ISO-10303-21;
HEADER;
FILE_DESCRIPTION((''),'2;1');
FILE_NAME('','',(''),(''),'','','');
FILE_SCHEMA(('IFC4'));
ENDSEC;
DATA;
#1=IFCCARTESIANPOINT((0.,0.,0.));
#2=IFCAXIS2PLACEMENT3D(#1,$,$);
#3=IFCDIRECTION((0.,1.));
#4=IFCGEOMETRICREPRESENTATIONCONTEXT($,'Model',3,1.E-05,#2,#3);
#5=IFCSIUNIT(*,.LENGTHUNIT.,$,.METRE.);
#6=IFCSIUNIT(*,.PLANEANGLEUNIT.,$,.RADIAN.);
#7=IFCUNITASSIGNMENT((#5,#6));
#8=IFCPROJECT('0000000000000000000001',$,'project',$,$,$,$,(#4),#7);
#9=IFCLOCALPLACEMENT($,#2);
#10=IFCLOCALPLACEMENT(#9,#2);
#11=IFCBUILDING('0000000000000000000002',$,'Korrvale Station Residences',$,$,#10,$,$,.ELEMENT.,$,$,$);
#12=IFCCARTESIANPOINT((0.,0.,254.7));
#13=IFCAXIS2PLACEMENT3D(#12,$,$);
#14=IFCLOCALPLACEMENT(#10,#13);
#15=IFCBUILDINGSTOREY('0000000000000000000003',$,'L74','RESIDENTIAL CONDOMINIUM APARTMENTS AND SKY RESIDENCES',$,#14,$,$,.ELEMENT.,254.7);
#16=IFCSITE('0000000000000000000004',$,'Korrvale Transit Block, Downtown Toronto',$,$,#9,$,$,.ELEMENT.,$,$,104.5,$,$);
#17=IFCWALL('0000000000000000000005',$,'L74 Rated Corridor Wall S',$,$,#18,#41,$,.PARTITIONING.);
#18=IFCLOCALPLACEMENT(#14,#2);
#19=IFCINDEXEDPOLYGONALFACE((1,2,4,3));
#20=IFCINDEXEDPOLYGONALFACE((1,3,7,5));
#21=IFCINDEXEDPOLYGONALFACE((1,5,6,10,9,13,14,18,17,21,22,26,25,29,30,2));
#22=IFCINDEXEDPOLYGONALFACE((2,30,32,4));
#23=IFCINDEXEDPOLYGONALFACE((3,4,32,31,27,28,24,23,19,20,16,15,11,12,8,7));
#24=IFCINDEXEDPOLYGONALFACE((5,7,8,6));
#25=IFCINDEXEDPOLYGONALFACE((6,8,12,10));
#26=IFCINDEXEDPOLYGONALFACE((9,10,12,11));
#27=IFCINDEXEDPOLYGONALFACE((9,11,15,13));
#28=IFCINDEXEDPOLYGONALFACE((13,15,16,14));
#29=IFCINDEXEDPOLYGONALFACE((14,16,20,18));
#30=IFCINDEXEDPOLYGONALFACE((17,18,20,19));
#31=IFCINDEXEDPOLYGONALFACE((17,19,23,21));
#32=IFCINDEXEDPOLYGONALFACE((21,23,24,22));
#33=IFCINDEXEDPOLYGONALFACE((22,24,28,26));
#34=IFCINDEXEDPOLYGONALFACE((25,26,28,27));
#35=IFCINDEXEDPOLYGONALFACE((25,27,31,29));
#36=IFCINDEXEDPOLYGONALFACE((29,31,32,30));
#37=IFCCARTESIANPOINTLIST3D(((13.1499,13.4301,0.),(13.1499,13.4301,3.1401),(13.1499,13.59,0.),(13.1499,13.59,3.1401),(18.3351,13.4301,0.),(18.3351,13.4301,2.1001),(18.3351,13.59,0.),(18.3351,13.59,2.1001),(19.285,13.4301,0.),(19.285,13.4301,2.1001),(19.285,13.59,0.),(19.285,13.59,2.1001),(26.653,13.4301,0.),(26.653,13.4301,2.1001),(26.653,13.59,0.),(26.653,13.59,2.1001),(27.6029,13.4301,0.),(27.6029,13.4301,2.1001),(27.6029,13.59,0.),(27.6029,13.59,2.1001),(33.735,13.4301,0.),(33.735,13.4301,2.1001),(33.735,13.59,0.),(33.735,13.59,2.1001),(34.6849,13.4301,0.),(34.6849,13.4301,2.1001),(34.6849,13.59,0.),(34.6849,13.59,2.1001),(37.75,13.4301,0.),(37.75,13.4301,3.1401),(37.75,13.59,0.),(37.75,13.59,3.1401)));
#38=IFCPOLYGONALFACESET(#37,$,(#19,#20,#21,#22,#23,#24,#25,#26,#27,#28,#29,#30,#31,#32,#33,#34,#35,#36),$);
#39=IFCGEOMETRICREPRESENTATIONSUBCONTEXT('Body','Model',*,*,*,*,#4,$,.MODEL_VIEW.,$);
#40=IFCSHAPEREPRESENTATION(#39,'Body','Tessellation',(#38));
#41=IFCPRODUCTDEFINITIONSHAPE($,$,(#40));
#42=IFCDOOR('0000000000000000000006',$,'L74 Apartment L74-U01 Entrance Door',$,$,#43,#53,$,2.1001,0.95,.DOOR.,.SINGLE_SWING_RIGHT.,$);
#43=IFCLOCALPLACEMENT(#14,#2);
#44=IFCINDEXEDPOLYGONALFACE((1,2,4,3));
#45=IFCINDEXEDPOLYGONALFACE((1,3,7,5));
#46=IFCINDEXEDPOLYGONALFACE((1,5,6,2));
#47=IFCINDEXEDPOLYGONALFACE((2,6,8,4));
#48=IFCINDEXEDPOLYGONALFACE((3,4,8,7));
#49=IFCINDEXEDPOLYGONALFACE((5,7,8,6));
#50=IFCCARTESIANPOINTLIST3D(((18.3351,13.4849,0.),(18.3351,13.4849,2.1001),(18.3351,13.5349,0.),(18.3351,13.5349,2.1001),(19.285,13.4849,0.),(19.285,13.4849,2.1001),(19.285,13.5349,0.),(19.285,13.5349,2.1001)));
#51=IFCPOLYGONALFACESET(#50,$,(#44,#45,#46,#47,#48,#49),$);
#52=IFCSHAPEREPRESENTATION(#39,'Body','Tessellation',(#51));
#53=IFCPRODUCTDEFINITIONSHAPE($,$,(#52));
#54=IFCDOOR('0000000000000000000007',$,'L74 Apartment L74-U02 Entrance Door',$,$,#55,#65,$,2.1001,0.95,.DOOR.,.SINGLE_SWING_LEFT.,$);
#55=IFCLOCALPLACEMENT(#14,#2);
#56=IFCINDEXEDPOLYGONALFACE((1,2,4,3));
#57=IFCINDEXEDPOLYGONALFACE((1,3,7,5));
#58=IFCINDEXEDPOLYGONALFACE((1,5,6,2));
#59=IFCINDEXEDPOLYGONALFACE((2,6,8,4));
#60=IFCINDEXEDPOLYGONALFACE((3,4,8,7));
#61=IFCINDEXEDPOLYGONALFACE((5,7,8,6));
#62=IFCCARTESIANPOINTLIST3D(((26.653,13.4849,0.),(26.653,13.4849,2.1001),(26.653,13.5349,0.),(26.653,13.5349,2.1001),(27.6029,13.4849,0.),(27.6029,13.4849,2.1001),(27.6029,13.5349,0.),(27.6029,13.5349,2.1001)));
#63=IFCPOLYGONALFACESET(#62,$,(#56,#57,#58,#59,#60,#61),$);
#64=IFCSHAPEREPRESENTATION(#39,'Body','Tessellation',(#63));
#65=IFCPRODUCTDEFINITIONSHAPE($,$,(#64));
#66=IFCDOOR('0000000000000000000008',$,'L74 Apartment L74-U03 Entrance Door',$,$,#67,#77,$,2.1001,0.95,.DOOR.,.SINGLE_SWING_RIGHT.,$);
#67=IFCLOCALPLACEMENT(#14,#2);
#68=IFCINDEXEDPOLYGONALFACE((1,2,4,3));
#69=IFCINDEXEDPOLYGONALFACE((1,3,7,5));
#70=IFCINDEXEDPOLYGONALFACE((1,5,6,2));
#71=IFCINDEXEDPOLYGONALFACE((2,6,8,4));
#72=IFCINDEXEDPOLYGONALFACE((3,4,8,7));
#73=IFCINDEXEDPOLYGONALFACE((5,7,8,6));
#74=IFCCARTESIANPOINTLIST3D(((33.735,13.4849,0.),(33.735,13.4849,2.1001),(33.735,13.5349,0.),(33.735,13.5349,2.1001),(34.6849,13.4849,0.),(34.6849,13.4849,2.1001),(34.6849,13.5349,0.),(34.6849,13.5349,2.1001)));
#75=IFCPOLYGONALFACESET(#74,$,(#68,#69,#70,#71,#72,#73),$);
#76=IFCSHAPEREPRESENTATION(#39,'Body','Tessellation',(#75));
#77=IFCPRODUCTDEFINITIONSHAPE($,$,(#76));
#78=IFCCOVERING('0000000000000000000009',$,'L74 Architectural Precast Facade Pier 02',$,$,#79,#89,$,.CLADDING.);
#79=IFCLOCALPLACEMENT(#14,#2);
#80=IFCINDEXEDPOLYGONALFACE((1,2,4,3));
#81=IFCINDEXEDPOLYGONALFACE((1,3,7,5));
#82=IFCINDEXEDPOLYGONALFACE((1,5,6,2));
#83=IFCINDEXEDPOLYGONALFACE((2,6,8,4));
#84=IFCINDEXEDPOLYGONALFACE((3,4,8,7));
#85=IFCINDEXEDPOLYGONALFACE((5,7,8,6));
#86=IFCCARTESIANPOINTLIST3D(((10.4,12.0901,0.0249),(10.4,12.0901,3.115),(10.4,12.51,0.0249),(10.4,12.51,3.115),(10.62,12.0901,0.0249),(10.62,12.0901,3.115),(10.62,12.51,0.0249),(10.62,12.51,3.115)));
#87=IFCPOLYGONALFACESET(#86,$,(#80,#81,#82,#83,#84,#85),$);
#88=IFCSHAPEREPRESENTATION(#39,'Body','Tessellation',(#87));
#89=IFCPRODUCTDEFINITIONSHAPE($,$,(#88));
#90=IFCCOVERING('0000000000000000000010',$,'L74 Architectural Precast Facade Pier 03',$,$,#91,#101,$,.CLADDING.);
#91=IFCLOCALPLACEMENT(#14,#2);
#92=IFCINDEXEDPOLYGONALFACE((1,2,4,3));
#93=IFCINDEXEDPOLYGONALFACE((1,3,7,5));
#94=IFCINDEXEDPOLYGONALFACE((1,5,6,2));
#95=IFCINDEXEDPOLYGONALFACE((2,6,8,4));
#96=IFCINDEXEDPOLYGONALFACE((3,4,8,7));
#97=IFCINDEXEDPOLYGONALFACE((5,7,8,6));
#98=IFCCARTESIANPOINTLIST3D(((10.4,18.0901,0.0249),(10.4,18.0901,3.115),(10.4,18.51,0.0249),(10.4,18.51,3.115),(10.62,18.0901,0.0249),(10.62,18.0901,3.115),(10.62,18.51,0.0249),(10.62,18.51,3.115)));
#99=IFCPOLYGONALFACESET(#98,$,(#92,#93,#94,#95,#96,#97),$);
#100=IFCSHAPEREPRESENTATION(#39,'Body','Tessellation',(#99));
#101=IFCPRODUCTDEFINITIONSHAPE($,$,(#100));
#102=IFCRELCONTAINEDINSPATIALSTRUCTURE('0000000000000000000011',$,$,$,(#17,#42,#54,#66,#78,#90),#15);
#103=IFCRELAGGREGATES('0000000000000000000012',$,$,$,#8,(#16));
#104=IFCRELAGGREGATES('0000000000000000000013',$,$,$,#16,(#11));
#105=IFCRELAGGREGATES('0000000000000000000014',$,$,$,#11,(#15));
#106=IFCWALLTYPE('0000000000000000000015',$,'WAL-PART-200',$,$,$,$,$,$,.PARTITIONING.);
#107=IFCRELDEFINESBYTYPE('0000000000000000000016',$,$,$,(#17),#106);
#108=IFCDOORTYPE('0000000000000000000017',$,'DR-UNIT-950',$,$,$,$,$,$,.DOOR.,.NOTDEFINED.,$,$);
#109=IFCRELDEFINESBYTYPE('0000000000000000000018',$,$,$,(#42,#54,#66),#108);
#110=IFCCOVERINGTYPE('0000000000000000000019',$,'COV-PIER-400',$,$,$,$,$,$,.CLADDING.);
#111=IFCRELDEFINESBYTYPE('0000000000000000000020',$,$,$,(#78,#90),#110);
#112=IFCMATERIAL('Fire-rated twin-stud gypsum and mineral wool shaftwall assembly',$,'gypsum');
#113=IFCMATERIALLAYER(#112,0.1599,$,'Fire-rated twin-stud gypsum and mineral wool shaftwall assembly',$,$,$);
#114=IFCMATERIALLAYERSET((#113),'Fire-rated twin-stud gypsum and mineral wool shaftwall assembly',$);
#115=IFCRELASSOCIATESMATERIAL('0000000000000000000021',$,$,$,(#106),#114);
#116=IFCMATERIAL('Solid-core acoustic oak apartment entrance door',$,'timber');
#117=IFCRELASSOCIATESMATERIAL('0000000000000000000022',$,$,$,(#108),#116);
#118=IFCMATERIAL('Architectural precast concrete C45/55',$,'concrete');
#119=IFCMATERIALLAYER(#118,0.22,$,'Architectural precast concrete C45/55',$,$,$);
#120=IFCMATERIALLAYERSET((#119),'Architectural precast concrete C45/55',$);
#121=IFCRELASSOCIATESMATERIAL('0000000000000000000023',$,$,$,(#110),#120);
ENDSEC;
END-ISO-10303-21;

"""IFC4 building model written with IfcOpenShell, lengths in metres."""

from ifc_helpers import new_model, si_unit, direction, frame, frame_2d, origin, origin_2d, place, context, subcontext, project, spatial, rectangle, extrude, material, layer, layer_set, type_object, element, fill, save


model = new_model("IFC4")

# Units and contexts
model_context = context("Model", 3, precision=1e-05, world=origin(), true_north=direction((0.0, 1.0)))
body_context = subcontext(model_context, "Body", "Model", "MODEL_VIEW")
ifc_project = project(units=[si_unit("LENGTHUNIT", "METRE"), si_unit("PLANEANGLEUNIT", "RADIAN")], contexts=[model_context])

# Site, building, storey
site_placement = place(None, origin())
site = spatial("IfcSite", under=ifc_project, at=site_placement, Name="Korrvale Transit Block, Downtown Toronto", CompositionType="ELEMENT", RefElevation=104.5)
building_placement = place(site_placement, origin())
building = spatial("IfcBuilding", under=site, at=building_placement, Name="Korrvale Station Residences", CompositionType="ELEMENT")
storey_placement = place(building_placement, frame((0.0, 0.0, 254.7)))
storey = spatial("IfcBuildingStorey", under=building, at=storey_placement, Name="L74", Description="RESIDENTIAL CONDOMINIUM APARTMENTS AND SKY RESIDENCES", CompositionType="ELEMENT", Elevation=254.7)

# Shared definitions
ifc_material_1 = material(Name="Fire-rated twin-stud gypsum and mineral wool shaftwall assembly", Category="gypsum")
ifc_layer_1 = layer(ifc_material_1, 0.1599, Name="Fire-rated twin-stud gypsum and mineral wool shaftwall assembly")
ifc_layer_set_1 = layer_set([ifc_layer_1], Name="Fire-rated twin-stud gypsum and mineral wool shaftwall assembly")
wall_type_1 = type_object("IfcWallType", Name="WAL-PART-200", PredefinedType="PARTITIONING", material=ifc_layer_set_1)

# Shared definitions
ifc_material_2 = material(Name="Solid-core acoustic oak apartment entrance door", Category="timber")
door_type_1 = type_object("IfcDoorType", Name="DR-UNIT-950", OperationType="NOTDEFINED", PredefinedType="DOOR", material=ifc_material_2)

# Wall, openings, doors
wall_1_placement = place(storey_placement, frame((13.1499, 13.51, 0.0), z_axis=(0.0, 0.0, 1.0), x_axis=(1.0, 0.0, 0.0)))
wall_1 = element("IfcWall", 1, at=wall_1_placement, inside=storey, type_object=wall_type_1, Name="L74 Rated Corridor Wall S", PredefinedType="PARTITIONING", context=body_context, shape_type="SweptSolid", body=[
    extrude(rectangle(XDim=24.6001, YDim=0.1599, at=frame_2d((12.3, 0.0))), origin(), (0.0, 0.0, 1.0), 3.1401),
])
opening_1_placement = place(wall_1_placement, frame((5.1851, 0.0, 0.0)))
opening_1 = element("IfcOpeningElement", 2, at=opening_1_placement, cuts=wall_1, PredefinedType="OPENING", context=body_context, shape_type="SweptSolid", body=[
    extrude(rectangle(XDim=0.95, YDim=2.1001, at=frame_2d((0.4751, 1.05))), frame((0.0, 0.0898, 0.0), z_axis=(0.0, -1.0, 0.0), x_axis=(1.0, 0.0, 0.0)), (0.0, 0.0, 1.0), 0.1799),
])
opening_2_placement = place(wall_1_placement, frame((13.5029, 0.0, 0.0)))
opening_2 = element("IfcOpeningElement", 3, at=opening_2_placement, cuts=wall_1, PredefinedType="OPENING", context=body_context, shape_type="SweptSolid", body=[
    extrude(rectangle(XDim=0.95, YDim=2.1001, at=frame_2d((0.4751, 1.05))), frame((0.0, 0.0898, 0.0), z_axis=(0.0, -1.0, 0.0), x_axis=(1.0, 0.0, 0.0)), (0.0, 0.0, 1.0), 0.1799),
])
opening_3_placement = place(wall_1_placement, frame((20.585, 0.0, 0.0)))
opening_3 = element("IfcOpeningElement", 4, at=opening_3_placement, cuts=wall_1, PredefinedType="OPENING", context=body_context, shape_type="SweptSolid", body=[
    extrude(rectangle(XDim=0.95, YDim=2.1001, at=frame_2d((0.4751, 1.05))), frame((0.0, 0.0898, 0.0), z_axis=(0.0, -1.0, 0.0), x_axis=(1.0, 0.0, 0.0)), (0.0, 0.0, 1.0), 0.1799),
])
door_1_placement = place(opening_1_placement, origin())
door_1 = element("IfcDoor", 5, at=door_1_placement, inside=storey, type_object=door_type_1, Name="L74 Apartment L74-U01 Entrance Door", OperationType="SINGLE_SWING_RIGHT", OverallHeight=2.1001, OverallWidth=0.95, PredefinedType="DOOR", context=body_context, shape_type="SweptSolid", body=[
    extrude(rectangle(XDim=0.95, YDim=2.1001, at=frame_2d((0.4751, 1.05))), frame((0.0, 0.0249, 0.0), z_axis=(0.0, -1.0, 0.0), x_axis=(1.0, 0.0, 0.0)), (0.0, 0.0, 1.0), 0.05),
])
fill(opening_1, door_1)
door_2_placement = place(opening_2_placement, origin())
door_2 = element("IfcDoor", 6, at=door_2_placement, inside=storey, type_object=door_type_1, Name="L74 Apartment L74-U02 Entrance Door", OperationType="SINGLE_SWING_LEFT", OverallHeight=2.1001, OverallWidth=0.95, PredefinedType="DOOR", context=body_context, shape_type="SweptSolid", body=[
    extrude(rectangle(XDim=0.95, YDim=2.1001, at=frame_2d((0.4751, 1.05))), frame((0.0, 0.0249, 0.0), z_axis=(0.0, -1.0, 0.0), x_axis=(1.0, 0.0, 0.0)), (0.0, 0.0, 1.0), 0.05),
])
fill(opening_2, door_2)
door_3_placement = place(opening_3_placement, origin())
door_3 = element("IfcDoor", 7, at=door_3_placement, inside=storey, type_object=door_type_1, Name="L74 Apartment L74-U03 Entrance Door", OperationType="SINGLE_SWING_RIGHT", OverallHeight=2.1001, OverallWidth=0.95, PredefinedType="DOOR", context=body_context, shape_type="SweptSolid", body=[
    extrude(rectangle(XDim=0.95, YDim=2.1001, at=frame_2d((0.4751, 1.05))), frame((0.0, 0.0249, 0.0), z_axis=(0.0, -1.0, 0.0), x_axis=(1.0, 0.0, 0.0)), (0.0, 0.0, 1.0), 0.05),
])
fill(opening_3, door_3)

# Coverings
ifc_material_3 = material(Name="Architectural precast concrete C45/55", Category="concrete")
ifc_layer_2 = layer(ifc_material_3, 0.22, Name="Architectural precast concrete C45/55")
ifc_layer_set_2 = layer_set([ifc_layer_2], Name="Architectural precast concrete C45/55")
covering_type = type_object("IfcCoveringType", Name="COV-PIER-400", PredefinedType="CLADDING", material=ifc_layer_set_2)
for number, where, z_axis, x_axis, name in (
    (8, (10.51, 12.3, 0.0249), (0.0, 0.0, 1.0), (0.0, 1.0, 0.0), "L74 Architectural Precast Facade Pier 02"),
    (9, (10.51, 18.3, 0.0249), (0.0, 0.0, 1.0), (0.0, 1.0, 0.0), "L74 Architectural Precast Facade Pier 03"),
):
    element("IfcCovering", number, at=place(storey_placement, frame(where, z_axis=z_axis, x_axis=x_axis)), inside=storey, type_object=covering_type, Name=name, PredefinedType="CLADDING", context=body_context, shape_type="SweptSolid", body=[
        extrude(rectangle(XDim=0.4199, YDim=0.22, at=origin_2d()), origin(), (0.0, 0.0, 1.0), 3.0901),
    ])

save(model, "model.ifc")
